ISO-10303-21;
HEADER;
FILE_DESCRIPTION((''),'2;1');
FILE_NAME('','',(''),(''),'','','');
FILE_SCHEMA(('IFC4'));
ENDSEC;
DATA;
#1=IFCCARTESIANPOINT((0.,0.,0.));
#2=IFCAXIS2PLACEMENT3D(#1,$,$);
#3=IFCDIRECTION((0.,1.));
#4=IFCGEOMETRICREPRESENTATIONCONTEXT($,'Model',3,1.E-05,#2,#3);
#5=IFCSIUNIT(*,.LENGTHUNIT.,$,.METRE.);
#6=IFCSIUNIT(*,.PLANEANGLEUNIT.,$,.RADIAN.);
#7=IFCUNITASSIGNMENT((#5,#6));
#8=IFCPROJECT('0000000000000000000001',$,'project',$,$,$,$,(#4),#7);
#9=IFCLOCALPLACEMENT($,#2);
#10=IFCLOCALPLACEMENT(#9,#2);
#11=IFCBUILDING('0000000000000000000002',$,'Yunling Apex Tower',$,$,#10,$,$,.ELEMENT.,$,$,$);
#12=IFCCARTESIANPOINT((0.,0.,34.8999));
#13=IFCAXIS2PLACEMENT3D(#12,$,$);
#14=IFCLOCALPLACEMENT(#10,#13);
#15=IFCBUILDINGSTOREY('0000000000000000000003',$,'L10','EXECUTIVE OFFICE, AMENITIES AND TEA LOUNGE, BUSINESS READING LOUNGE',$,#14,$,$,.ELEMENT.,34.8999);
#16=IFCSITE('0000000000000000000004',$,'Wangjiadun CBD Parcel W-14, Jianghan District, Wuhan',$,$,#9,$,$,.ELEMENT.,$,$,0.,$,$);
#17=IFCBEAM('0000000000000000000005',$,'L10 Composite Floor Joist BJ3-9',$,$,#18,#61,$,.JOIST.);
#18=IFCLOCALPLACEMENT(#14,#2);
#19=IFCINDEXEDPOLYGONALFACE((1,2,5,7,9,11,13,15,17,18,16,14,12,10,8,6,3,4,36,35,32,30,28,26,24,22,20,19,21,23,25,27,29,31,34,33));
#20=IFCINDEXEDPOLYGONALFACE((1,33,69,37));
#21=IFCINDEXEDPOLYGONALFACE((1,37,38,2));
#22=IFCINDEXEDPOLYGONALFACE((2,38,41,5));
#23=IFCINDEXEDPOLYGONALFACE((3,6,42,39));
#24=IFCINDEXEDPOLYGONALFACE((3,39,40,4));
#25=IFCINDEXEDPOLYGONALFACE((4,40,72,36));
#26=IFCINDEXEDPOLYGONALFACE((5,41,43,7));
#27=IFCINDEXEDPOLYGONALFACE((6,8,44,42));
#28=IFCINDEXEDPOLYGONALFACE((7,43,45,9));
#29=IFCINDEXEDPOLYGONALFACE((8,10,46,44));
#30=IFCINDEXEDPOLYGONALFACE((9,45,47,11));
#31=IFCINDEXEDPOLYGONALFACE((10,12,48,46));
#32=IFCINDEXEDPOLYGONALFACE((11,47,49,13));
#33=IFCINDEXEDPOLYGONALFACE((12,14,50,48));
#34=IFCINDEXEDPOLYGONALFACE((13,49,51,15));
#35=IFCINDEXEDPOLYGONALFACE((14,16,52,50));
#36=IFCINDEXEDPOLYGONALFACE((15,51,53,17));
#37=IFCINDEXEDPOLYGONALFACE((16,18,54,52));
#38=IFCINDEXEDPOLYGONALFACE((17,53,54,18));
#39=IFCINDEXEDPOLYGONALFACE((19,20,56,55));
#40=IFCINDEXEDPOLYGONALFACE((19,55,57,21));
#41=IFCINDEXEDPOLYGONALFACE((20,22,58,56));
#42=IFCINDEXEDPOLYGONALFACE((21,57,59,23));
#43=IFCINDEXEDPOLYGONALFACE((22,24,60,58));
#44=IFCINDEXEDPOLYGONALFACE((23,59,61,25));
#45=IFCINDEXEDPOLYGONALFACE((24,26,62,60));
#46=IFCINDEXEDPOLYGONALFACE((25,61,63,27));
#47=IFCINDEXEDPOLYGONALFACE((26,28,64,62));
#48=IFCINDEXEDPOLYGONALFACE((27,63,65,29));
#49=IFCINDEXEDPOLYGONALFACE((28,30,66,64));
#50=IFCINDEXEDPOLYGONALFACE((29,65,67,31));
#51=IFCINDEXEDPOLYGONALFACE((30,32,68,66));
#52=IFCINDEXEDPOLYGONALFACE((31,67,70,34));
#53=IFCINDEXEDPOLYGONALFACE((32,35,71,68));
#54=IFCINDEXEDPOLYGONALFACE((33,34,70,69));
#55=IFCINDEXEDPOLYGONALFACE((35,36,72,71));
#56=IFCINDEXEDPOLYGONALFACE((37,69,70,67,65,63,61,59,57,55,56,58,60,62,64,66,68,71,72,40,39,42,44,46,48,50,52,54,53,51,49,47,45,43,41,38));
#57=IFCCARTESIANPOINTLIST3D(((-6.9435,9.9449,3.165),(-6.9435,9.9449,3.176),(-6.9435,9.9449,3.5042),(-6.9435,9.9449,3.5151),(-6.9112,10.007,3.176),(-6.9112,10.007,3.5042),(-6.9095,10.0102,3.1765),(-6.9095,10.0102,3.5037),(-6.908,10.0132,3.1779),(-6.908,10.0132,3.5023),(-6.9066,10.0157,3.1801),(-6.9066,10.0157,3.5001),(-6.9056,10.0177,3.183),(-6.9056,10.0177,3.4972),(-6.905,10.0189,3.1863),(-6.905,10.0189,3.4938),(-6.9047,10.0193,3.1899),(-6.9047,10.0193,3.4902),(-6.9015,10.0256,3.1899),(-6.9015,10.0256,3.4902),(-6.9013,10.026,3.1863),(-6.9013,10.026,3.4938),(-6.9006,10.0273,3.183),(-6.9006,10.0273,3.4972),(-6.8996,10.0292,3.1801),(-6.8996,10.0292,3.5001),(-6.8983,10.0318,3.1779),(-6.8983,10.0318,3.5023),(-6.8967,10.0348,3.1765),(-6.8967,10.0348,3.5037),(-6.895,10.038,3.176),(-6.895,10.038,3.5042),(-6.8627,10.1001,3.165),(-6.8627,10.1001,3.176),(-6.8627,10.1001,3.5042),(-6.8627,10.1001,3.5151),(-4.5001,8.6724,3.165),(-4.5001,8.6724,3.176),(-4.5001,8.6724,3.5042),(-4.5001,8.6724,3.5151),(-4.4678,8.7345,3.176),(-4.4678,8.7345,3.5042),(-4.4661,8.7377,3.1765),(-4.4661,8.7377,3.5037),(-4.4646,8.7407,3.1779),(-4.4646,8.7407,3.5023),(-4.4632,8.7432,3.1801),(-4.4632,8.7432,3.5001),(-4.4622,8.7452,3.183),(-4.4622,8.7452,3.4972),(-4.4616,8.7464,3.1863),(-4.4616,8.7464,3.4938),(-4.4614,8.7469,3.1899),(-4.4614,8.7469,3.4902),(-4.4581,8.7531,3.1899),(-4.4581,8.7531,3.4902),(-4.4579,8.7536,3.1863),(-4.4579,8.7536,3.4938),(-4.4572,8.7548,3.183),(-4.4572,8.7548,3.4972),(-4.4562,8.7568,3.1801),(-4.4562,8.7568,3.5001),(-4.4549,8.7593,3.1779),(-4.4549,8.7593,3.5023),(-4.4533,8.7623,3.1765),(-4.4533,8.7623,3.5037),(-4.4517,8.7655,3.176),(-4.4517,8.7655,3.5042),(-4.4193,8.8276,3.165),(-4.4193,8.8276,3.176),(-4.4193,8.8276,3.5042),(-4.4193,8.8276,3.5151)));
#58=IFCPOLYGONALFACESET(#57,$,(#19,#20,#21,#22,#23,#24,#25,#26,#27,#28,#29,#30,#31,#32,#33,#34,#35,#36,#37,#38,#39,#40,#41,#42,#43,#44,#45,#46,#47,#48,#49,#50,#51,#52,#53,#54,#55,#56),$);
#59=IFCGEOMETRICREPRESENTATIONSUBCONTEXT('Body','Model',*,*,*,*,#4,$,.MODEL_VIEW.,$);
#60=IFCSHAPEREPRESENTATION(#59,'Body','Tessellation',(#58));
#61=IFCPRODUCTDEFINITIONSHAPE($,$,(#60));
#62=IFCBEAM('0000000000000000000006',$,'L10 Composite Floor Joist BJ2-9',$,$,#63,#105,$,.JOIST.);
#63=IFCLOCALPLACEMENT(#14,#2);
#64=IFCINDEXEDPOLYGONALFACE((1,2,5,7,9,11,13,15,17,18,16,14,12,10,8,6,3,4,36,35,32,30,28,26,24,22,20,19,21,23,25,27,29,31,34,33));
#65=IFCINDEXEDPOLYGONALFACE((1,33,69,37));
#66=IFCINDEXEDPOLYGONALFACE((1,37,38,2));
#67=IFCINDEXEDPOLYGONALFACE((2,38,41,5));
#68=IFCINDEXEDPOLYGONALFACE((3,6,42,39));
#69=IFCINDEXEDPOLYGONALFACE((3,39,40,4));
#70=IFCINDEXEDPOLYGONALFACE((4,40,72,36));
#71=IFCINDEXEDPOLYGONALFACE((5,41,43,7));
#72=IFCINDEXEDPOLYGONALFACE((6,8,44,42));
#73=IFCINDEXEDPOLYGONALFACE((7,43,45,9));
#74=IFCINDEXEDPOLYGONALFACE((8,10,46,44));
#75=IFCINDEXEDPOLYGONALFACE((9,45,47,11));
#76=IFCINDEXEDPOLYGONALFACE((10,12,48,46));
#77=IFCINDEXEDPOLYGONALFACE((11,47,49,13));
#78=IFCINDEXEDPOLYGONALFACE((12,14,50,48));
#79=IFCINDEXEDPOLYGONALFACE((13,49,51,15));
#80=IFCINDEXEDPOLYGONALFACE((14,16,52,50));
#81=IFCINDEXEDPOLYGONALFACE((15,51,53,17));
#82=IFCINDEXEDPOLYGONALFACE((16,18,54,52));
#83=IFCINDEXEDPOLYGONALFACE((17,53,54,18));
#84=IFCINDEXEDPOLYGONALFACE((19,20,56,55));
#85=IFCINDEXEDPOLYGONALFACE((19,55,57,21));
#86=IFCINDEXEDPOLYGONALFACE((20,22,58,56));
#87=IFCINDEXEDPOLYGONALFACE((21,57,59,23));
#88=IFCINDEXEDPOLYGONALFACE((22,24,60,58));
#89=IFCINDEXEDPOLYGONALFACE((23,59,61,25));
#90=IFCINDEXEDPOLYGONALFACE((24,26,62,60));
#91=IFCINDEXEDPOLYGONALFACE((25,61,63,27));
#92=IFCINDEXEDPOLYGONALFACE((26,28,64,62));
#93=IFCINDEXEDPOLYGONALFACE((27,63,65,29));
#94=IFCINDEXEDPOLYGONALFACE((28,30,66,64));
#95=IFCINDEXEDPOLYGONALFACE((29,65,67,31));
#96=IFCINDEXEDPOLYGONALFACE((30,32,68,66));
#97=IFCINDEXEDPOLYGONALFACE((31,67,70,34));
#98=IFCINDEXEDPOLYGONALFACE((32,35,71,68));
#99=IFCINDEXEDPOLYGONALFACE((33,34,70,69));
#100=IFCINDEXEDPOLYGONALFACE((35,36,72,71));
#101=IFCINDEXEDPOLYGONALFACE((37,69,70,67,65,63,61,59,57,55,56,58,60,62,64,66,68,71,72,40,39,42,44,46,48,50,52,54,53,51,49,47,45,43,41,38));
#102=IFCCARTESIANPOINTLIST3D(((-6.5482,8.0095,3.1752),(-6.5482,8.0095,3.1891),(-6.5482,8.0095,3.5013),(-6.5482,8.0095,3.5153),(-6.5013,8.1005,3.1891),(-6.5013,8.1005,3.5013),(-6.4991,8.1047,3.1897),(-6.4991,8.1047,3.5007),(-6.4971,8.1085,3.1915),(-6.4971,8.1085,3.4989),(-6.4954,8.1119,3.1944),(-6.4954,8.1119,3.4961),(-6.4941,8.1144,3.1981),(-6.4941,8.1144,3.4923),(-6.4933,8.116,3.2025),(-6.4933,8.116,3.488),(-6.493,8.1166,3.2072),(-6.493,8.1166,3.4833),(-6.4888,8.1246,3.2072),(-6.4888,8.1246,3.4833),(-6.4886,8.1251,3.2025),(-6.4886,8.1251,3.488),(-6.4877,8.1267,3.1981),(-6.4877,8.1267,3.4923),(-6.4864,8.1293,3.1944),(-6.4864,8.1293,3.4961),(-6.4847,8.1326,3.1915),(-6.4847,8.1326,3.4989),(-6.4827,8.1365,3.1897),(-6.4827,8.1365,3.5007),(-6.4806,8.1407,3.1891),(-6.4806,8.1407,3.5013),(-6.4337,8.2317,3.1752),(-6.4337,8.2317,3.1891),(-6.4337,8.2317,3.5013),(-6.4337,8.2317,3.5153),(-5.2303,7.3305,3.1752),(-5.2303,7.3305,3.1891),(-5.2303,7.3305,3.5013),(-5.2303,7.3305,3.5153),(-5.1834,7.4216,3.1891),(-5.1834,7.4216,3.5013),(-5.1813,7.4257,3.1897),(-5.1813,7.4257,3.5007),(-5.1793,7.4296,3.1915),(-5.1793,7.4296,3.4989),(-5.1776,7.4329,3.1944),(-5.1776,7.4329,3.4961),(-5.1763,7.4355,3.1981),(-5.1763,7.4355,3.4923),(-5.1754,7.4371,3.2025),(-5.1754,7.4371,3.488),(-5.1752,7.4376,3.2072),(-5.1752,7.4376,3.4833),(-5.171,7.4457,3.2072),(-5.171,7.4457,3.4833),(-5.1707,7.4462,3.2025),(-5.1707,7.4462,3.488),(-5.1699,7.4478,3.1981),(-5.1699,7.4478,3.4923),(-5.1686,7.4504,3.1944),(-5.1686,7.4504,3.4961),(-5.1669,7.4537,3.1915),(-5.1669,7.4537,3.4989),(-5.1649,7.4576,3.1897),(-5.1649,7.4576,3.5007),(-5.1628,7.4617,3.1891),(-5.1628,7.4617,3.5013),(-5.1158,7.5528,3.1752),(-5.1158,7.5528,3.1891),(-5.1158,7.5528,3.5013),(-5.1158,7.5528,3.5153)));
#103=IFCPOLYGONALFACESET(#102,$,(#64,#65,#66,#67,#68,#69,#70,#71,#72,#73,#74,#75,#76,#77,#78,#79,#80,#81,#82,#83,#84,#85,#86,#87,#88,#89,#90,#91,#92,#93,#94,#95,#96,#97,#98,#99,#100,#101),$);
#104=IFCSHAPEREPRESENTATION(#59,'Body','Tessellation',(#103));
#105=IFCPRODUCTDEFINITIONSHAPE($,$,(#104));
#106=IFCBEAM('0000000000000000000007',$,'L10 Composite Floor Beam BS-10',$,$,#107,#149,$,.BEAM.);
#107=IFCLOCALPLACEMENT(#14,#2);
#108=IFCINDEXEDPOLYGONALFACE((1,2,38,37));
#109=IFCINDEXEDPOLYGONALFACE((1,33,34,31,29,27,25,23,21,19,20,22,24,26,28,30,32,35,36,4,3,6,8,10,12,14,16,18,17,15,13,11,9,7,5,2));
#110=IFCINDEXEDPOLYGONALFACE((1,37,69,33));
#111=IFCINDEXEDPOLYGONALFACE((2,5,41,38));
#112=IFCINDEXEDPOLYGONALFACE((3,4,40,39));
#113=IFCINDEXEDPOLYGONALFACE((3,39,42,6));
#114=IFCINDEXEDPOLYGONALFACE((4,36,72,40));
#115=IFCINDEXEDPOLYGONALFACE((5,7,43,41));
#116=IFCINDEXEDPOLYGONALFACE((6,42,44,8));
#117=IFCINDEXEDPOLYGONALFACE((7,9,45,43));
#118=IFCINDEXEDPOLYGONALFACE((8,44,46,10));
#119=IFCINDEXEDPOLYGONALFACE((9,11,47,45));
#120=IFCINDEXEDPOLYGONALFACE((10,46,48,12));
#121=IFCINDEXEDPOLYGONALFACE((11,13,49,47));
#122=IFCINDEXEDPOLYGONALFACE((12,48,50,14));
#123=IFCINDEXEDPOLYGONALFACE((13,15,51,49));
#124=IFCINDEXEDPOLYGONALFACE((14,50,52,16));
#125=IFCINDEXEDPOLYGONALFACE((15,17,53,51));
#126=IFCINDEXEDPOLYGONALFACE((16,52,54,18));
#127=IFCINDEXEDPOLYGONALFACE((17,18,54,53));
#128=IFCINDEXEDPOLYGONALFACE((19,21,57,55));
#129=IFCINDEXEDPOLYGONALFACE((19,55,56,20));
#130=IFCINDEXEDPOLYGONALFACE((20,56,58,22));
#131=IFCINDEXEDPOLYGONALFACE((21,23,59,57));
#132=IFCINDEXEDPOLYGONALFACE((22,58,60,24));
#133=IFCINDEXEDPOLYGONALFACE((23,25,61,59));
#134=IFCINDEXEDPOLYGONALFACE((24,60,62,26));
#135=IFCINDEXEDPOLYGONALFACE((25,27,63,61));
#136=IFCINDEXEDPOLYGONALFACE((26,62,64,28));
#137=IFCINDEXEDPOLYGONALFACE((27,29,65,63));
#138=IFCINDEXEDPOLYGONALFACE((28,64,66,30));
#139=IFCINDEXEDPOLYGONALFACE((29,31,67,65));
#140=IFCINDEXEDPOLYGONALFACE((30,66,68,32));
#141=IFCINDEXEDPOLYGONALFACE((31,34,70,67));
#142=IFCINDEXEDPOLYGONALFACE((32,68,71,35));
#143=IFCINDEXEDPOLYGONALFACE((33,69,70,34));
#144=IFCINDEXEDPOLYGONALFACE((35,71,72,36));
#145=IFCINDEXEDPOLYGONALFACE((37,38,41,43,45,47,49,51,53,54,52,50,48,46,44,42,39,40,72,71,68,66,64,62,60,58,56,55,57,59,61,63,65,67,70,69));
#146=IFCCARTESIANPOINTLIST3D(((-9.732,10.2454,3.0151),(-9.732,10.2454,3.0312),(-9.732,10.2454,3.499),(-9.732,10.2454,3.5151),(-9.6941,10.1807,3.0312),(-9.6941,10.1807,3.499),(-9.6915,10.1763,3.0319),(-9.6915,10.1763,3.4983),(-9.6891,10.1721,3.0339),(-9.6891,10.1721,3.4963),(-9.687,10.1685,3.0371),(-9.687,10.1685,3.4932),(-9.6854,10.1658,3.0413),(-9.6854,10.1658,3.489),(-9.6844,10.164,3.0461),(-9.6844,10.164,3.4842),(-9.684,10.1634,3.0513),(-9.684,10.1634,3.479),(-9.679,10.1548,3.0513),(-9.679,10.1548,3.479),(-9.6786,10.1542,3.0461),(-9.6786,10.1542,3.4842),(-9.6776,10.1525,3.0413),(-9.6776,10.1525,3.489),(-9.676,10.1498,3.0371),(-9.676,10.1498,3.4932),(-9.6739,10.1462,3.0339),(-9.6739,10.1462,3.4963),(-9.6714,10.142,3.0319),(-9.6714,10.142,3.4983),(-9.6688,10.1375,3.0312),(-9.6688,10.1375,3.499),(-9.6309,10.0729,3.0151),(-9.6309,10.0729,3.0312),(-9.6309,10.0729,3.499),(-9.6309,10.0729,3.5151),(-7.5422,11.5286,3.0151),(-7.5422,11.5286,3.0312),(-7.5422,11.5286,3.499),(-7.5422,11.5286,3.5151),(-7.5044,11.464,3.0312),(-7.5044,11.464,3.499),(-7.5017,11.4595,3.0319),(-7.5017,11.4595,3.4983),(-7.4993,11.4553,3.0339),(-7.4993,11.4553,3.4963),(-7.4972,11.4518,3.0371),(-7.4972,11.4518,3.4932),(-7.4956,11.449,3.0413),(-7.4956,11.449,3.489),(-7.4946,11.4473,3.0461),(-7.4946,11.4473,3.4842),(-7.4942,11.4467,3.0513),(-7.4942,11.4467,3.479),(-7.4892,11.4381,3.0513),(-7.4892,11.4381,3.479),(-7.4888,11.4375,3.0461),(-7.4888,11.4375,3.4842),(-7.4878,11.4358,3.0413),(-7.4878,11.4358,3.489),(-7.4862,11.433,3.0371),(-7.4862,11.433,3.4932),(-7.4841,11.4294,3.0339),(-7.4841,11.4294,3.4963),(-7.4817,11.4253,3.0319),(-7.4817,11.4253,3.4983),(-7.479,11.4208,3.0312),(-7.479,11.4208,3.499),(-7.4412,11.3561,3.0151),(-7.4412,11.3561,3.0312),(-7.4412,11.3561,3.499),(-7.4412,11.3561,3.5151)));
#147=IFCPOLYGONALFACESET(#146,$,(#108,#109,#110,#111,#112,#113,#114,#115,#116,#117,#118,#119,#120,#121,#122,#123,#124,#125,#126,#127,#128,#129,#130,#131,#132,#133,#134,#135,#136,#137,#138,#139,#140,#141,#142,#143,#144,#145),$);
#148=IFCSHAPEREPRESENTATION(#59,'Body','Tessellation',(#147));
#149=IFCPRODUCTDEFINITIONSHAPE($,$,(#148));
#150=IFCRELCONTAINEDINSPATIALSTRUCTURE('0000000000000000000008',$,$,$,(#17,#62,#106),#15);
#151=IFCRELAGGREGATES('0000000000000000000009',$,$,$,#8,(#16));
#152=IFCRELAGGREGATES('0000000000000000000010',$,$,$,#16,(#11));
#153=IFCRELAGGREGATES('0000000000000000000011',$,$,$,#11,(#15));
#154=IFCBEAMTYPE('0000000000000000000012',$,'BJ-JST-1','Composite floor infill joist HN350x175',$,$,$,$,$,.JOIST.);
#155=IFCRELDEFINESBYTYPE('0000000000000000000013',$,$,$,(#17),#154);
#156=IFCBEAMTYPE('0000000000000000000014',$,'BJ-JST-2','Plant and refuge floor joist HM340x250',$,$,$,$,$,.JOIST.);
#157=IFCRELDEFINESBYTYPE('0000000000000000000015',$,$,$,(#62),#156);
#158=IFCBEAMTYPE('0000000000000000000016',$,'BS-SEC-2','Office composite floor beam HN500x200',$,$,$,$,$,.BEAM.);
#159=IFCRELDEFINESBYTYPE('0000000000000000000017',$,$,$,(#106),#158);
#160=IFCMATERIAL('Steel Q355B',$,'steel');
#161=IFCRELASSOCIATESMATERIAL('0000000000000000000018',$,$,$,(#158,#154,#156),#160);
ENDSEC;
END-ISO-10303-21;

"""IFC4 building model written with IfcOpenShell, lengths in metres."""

from ifc_helpers import new_model, si_unit, direction, frame, origin, origin_2d, place, context, subcontext, project, spatial, i_section, extrude, source, transform, mapped, material, material_profile, profile_set, type_object, element, save


model = new_model("IFC4")

# Units and contexts
model_context = context("Model", 3, precision=1e-05, world=origin(), true_north=direction((0.0, 1.0)))
body_context = subcontext(model_context, "Body", "Model", "MODEL_VIEW")
ifc_project = project(units=[si_unit("LENGTHUNIT", "METRE"), si_unit("PLANEANGLEUNIT", "RADIAN")], contexts=[model_context])

# Site, building, storey
site_placement = place(None, origin())
site = spatial("IfcSite", under=ifc_project, at=site_placement, Name="Wangjiadun CBD Parcel W-14, Jianghan District, Wuhan", CompositionType="ELEMENT", RefElevation=0.0)
building_placement = place(site_placement, origin())
building = spatial("IfcBuilding", under=site, at=building_placement, Name="Yunling Apex Tower", CompositionType="ELEMENT")
storey_placement = place(building_placement, frame((0.0, 0.0, 34.8999)))
storey = spatial("IfcBuildingStorey", under=building, at=storey_placement, Name="L10", Description="EXECUTIVE OFFICE, AMENITIES AND TEA LOUNGE, BUSINESS READING LOUNGE", CompositionType="ELEMENT", Elevation=34.8999)

# Beams
ifc_material_1 = material(Name="Steel Q355B", Category="steel")
ifc_material_profile_1 = material_profile(ifc_material_1, i_section(OverallWidth=0.2, OverallDepth=0.5, WebThickness=0.01, FlangeThickness=0.0161, FilletRadius=0.02, at=origin_2d()))
ifc_profile_set_1 = profile_set([ifc_material_profile_1], Name="Steel Q355B")
beam_type_1 = type_object("IfcBeamType", Name="BS-SEC-2", Description="Office composite floor beam HN500x200", PredefinedType="BEAM", material=ifc_profile_set_1)
ifc_material_profile_2 = material_profile(ifc_material_1, i_section(OverallWidth=0.175, OverallDepth=0.3501, WebThickness=0.0071, FlangeThickness=0.011, FilletRadius=0.0139, at=origin_2d()))
ifc_profile_set_2 = profile_set([ifc_material_profile_2], Name="Steel Q355B")
beam_type_2 = type_object("IfcBeamType", Name="BJ-JST-1", Description="Composite floor infill joist HN350x175", PredefinedType="JOIST", material=ifc_profile_set_2)
shared_shape_1 = source(origin(), body_context, "Body", "SweptSolid", [
    extrude(i_section(OverallWidth=0.175, OverallDepth=0.3501, WebThickness=0.0071, FlangeThickness=0.011, FilletRadius=0.0139, at=origin_2d()), origin(), (0.0, 0.0, 1.0), 2.7549),
])
beam_1_placement = place(storey_placement, frame((-4.4597, 8.75, 3.3401), z_axis=(-0.886932, 0.4619, 0.0), x_axis=(-0.4619, -0.886932, 0.0)))
element("IfcBeam", 1, at=beam_1_placement, inside=storey, type_object=beam_type_2, Name="L10 Composite Floor Joist BJ3-9", PredefinedType="JOIST", context=body_context, shape_type="MappedRepresentation", body=[
    mapped(shared_shape_1, transform((0.0, 0.0, 0.0), scale=1.0)),
])
ifc_material_profile_3 = material_profile(ifc_material_1, i_section(OverallWidth=0.25, OverallDepth=0.3401, WebThickness=0.009, FlangeThickness=0.0139, FilletRadius=0.0181, at=origin_2d()))
ifc_profile_set_3 = profile_set([ifc_material_profile_3], Name="Steel Q355B")
beam_type_3 = type_object("IfcBeamType", Name="BJ-JST-2", Description="Plant and refuge floor joist HM340x250", PredefinedType="JOIST", material=ifc_profile_set_3)
shared_shape_2 = source(origin(), body_context, "Body", "SweptSolid", [
    extrude(i_section(OverallWidth=0.25, OverallDepth=0.3401, WebThickness=0.009, FlangeThickness=0.0139, FilletRadius=0.0181, at=origin_2d()), origin(), (0.0, 0.0, 1.0), 1.4824),
])
beam_2_placement = place(storey_placement, frame((-5.1731, 7.4417, 3.3452), z_axis=(-0.88896, 0.457984, 0.0), x_axis=(-0.457984, -0.88896, 0.0)))
element("IfcBeam", 2, at=beam_2_placement, inside=storey, type_object=beam_type_3, Name="L10 Composite Floor Joist BJ2-9", PredefinedType="JOIST", context=body_context, shape_type="MappedRepresentation", body=[
    mapped(shared_shape_2, transform((0.0, 0.0, 0.0), scale=1.0)),
])
shared_shape_3 = source(origin(), body_context, "Body", "SweptSolid", [
    extrude(i_section(OverallWidth=0.2, OverallDepth=0.5, WebThickness=0.01, FlangeThickness=0.0161, FilletRadius=0.02, at=origin_2d()), origin(), (0.0, 0.0, 1.0), 2.5381),
])
beam_3_placement = place(storey_placement, frame((-7.4917, 11.4424, 3.2651), z_axis=(-0.862769, -0.505599, 0.0), x_axis=(0.505599, -0.862769, 0.0)))
element("IfcBeam", 3, at=beam_3_placement, inside=storey, type_object=beam_type_1, Name="L10 Composite Floor Beam BS-10", PredefinedType="BEAM", context=body_context, shape_type="MappedRepresentation", body=[
    mapped(shared_shape_3, transform((0.0, 0.0, 0.0), scale=1.0)),
])

save(model, "model.ifc")
